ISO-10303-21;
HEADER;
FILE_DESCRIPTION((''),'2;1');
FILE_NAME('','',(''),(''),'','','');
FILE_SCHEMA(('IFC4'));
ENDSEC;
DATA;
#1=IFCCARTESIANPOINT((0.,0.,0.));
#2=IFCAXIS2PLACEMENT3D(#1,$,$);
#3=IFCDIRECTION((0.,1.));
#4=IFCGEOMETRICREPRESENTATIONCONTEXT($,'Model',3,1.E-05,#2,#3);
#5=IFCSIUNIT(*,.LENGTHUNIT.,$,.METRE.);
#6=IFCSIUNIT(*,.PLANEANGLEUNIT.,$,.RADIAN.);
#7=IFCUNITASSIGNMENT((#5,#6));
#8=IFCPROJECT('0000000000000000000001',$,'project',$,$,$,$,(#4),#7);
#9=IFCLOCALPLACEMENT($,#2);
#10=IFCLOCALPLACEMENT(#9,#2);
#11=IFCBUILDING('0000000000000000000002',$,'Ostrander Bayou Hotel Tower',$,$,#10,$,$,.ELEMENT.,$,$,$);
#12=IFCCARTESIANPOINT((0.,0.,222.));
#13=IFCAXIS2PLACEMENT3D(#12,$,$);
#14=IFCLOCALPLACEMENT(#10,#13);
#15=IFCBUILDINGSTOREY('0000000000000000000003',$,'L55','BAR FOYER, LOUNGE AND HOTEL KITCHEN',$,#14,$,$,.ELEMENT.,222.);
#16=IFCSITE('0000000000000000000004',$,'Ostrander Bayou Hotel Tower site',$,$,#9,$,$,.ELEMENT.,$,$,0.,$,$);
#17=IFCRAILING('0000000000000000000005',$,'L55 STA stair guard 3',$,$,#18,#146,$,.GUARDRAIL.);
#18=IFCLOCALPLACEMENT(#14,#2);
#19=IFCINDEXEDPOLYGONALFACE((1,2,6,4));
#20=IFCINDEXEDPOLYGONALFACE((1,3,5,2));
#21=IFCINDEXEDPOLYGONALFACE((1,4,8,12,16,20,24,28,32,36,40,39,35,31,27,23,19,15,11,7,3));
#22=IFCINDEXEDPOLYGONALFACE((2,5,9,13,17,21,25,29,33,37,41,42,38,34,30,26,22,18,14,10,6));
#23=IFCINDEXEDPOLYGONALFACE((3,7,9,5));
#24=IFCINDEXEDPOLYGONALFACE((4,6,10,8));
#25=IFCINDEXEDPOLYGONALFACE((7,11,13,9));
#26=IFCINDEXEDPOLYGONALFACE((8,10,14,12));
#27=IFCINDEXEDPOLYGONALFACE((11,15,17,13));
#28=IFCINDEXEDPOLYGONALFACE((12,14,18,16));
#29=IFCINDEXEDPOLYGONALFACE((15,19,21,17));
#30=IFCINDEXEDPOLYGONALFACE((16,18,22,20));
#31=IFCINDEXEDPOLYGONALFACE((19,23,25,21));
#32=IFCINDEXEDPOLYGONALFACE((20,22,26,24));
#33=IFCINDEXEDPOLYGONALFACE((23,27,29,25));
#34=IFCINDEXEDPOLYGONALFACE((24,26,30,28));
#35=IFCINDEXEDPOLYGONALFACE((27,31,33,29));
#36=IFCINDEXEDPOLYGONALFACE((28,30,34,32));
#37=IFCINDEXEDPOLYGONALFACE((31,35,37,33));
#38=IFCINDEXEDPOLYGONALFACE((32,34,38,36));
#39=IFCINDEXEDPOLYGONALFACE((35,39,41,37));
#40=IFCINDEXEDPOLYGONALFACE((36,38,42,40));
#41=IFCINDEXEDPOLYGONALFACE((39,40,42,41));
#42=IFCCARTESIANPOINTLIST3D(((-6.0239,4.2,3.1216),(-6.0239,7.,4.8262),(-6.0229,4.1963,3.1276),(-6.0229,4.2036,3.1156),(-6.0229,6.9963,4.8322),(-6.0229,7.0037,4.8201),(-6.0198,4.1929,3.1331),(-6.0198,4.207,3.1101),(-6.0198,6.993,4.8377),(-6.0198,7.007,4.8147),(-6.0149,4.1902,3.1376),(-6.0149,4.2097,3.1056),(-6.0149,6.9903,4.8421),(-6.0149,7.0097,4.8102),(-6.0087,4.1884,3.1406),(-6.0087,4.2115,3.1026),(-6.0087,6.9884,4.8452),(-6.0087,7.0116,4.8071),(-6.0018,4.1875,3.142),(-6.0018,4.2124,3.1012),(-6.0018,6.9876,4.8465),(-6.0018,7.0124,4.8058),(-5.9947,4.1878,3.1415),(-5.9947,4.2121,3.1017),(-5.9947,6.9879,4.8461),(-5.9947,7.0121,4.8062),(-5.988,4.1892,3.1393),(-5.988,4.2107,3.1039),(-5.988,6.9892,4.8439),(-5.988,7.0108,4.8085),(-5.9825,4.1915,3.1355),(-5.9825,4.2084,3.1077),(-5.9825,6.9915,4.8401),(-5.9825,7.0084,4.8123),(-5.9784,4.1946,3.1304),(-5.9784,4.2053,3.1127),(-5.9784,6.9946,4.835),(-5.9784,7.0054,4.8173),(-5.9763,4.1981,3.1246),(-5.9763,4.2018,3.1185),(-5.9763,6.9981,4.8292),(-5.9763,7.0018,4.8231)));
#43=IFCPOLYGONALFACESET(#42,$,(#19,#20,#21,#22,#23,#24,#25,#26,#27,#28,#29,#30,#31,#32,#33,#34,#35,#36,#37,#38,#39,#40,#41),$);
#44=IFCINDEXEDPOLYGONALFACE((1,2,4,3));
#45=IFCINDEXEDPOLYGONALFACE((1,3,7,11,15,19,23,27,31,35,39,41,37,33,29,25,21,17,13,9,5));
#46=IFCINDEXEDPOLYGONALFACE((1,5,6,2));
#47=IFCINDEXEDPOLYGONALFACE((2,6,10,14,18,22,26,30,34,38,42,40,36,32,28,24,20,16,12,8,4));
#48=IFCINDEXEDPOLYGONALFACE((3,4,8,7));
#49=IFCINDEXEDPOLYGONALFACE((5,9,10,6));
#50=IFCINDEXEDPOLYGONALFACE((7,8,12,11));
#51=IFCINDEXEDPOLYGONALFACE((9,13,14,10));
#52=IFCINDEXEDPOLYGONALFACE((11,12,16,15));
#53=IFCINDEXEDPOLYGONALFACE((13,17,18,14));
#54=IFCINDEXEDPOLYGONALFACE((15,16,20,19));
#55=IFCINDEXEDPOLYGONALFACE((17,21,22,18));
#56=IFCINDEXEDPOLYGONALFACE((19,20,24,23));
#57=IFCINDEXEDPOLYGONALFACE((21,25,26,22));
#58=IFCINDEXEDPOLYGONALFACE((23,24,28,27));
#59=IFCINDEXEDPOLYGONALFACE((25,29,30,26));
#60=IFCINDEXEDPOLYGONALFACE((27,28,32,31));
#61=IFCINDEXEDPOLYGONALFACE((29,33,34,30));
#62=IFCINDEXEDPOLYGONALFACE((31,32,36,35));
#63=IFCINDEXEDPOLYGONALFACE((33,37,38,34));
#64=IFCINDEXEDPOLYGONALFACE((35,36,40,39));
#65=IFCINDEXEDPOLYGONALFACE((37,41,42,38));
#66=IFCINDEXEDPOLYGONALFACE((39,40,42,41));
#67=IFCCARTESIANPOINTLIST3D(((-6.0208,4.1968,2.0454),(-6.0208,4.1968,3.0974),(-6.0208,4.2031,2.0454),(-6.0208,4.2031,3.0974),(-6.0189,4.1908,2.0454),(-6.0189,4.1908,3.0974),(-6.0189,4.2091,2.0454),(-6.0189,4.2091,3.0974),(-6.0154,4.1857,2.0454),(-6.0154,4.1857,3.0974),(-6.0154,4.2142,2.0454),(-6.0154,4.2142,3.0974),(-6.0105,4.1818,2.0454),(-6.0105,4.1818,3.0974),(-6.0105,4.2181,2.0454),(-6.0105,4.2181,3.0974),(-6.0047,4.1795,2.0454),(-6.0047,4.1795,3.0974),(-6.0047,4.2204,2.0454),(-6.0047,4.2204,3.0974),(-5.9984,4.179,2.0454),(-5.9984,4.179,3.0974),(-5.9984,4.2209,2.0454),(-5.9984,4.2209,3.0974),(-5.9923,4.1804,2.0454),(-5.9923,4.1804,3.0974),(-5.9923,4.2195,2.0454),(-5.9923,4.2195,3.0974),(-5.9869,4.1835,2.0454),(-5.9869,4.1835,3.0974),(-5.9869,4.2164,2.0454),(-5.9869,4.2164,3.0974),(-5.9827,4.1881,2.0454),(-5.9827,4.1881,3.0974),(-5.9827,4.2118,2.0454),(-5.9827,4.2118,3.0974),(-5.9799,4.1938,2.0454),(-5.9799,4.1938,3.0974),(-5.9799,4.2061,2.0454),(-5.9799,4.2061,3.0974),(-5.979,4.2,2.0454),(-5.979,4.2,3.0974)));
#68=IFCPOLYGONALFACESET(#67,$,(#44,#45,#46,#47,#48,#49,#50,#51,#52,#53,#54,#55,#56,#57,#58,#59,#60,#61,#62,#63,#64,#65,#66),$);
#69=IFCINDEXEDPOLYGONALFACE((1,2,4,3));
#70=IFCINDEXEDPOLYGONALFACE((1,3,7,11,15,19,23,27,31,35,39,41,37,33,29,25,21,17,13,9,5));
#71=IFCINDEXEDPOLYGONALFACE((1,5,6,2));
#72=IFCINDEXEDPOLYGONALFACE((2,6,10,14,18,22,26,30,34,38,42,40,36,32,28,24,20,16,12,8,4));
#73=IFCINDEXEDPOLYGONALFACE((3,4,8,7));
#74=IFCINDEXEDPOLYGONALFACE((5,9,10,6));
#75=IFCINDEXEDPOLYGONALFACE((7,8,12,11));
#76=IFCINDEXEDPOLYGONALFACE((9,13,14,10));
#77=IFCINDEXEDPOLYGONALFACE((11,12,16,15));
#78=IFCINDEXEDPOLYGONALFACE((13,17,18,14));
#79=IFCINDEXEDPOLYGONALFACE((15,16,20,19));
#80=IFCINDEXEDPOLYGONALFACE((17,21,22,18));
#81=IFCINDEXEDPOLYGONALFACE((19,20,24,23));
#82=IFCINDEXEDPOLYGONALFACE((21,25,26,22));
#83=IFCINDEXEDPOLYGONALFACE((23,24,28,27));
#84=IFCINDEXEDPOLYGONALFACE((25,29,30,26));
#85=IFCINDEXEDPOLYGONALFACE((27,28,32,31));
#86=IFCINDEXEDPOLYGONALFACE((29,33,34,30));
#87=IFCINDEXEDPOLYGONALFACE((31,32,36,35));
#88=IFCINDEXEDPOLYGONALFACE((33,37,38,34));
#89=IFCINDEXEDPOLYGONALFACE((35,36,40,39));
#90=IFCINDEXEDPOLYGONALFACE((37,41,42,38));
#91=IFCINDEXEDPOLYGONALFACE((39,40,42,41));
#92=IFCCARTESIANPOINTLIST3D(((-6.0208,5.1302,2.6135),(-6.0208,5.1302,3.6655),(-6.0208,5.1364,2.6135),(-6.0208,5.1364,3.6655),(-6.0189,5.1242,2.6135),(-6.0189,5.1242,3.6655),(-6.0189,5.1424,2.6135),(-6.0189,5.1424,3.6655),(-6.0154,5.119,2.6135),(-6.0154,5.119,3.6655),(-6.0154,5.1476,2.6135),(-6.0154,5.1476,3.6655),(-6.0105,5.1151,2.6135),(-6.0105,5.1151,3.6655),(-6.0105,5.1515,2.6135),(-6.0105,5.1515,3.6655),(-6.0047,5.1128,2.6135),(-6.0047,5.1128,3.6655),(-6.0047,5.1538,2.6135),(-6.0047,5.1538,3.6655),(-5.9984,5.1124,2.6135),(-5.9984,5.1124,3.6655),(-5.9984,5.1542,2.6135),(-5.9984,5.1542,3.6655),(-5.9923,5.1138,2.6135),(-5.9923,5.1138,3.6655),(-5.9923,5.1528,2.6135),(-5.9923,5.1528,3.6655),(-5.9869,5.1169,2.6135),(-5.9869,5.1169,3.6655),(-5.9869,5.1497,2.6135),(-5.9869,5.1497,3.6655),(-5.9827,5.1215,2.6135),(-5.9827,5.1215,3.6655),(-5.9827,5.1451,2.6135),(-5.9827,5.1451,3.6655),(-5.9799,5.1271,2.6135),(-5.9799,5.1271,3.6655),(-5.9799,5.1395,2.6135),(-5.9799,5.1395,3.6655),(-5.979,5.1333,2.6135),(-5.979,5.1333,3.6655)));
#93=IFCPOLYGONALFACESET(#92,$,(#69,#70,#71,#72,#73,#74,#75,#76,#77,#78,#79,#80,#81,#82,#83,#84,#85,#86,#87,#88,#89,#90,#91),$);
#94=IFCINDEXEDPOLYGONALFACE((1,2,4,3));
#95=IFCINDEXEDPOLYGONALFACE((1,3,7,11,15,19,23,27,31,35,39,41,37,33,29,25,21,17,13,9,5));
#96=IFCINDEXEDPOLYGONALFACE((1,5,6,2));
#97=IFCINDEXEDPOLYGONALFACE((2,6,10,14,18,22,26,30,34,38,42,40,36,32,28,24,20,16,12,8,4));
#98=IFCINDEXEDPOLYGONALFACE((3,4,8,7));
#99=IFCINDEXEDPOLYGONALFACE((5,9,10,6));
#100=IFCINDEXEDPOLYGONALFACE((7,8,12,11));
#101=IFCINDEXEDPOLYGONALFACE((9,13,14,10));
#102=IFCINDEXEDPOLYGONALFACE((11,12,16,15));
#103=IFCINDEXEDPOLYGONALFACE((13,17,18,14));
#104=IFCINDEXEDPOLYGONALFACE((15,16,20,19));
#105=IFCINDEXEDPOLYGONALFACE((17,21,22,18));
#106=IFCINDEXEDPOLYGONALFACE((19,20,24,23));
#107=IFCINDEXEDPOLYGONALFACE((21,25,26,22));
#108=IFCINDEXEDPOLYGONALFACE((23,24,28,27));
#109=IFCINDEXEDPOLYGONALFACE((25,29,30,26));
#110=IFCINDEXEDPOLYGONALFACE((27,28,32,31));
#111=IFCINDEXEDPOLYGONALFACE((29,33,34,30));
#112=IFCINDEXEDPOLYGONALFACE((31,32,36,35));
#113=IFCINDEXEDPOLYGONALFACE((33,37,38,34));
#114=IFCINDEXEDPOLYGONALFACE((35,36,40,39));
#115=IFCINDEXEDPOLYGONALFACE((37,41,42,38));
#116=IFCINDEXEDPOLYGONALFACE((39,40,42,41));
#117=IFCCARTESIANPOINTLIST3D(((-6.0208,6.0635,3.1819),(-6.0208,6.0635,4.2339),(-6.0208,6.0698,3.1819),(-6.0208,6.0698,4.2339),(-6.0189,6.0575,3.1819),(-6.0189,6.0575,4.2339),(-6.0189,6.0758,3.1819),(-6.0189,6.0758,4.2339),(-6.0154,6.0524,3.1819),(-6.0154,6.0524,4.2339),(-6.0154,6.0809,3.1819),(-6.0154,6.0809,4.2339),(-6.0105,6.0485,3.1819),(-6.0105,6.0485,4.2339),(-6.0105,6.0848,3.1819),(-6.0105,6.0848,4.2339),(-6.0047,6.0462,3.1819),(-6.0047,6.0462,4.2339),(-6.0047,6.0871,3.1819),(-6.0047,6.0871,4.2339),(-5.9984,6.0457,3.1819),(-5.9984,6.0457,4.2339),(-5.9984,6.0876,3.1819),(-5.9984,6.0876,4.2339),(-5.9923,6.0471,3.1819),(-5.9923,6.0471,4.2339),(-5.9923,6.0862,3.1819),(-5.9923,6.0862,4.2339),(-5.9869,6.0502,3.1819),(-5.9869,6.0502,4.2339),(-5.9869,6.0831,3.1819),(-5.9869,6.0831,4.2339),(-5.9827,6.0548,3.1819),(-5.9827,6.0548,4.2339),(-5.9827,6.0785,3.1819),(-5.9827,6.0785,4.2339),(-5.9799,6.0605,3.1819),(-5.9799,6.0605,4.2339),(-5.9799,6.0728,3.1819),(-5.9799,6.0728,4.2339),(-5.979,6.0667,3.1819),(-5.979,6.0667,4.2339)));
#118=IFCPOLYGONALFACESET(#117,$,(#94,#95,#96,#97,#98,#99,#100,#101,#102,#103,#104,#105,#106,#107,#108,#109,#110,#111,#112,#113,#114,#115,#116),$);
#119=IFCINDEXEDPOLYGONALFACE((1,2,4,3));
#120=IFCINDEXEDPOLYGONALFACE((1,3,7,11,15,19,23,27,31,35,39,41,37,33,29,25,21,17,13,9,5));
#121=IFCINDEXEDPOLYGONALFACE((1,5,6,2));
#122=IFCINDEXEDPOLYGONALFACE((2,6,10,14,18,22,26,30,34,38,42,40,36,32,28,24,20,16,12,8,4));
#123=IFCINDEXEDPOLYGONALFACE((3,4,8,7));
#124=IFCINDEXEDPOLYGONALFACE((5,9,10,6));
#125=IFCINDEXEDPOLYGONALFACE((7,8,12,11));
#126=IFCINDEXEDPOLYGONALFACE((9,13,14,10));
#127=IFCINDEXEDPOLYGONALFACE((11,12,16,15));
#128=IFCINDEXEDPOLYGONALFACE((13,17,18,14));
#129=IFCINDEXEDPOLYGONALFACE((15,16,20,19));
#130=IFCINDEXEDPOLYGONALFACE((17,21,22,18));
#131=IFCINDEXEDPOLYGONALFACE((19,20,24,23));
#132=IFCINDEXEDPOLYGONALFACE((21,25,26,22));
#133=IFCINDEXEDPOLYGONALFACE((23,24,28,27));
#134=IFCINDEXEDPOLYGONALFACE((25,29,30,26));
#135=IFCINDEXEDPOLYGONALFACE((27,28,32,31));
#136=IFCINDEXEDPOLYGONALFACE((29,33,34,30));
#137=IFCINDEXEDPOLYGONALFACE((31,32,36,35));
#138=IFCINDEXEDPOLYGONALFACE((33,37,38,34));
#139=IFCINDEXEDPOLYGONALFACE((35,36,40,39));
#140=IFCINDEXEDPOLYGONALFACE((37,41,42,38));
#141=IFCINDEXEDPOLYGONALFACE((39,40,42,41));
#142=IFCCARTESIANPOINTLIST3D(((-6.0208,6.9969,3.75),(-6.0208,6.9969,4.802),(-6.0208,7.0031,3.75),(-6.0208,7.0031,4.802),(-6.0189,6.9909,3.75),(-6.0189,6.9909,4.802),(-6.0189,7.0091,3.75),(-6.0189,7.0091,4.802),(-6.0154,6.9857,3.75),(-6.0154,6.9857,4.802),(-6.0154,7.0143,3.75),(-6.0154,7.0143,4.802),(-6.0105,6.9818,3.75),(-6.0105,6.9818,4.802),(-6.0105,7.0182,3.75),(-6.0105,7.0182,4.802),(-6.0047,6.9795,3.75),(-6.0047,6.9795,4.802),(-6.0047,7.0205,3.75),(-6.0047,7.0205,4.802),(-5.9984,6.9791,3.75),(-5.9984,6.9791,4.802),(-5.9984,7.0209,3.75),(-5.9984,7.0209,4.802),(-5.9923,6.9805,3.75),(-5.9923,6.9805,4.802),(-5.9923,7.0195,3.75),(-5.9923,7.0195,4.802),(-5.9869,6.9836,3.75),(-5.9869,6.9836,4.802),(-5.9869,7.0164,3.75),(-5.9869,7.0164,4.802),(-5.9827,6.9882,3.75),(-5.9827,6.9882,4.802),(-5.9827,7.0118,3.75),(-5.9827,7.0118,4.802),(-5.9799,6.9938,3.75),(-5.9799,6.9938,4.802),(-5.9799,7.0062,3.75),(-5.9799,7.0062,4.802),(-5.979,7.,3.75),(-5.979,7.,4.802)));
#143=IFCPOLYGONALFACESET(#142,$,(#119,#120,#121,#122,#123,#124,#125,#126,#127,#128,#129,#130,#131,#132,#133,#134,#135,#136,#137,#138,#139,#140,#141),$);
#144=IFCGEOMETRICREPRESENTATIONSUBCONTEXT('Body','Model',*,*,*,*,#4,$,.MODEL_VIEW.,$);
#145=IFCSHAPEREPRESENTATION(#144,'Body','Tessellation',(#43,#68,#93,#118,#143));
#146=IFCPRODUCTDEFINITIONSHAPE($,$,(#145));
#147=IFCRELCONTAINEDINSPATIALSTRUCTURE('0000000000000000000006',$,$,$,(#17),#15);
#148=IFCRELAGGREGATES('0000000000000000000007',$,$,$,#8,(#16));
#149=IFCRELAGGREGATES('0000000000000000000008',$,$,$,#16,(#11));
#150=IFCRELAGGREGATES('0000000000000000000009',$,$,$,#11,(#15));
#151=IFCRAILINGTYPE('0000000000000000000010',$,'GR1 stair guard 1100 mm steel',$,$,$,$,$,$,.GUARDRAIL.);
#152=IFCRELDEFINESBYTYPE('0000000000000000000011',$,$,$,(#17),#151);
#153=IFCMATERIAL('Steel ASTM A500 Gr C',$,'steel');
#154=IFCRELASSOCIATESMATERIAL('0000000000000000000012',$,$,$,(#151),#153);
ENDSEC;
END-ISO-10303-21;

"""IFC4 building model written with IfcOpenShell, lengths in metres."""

from ifc_helpers import new_model, si_unit, direction, frame, origin, origin_2d, place, context, subcontext, project, spatial, circle, extrude, material, type_object, element, save


model = new_model("IFC4")

# Units and contexts
model_context = context("Model", 3, precision=1e-05, world=origin(), true_north=direction((0.0, 1.0)))
body_context = subcontext(model_context, "Body", "Model", "MODEL_VIEW")
ifc_project = project(units=[si_unit("LENGTHUNIT", "METRE"), si_unit("PLANEANGLEUNIT", "RADIAN")], contexts=[model_context])

# Site, building, storey
site_placement = place(None, origin())
site = spatial("IfcSite", under=ifc_project, at=site_placement, Name="Ostrander Bayou Hotel Tower site", CompositionType="ELEMENT", RefElevation=0.0)
building_placement = place(site_placement, origin())
building = spatial("IfcBuilding", under=site, at=building_placement, Name="Ostrander Bayou Hotel Tower", CompositionType="ELEMENT")
storey_placement = place(building_placement, frame((0.0, 0.0, 222.0)))
storey = spatial("IfcBuildingStorey", under=building, at=storey_placement, Name="L55", Description="BAR FOYER, LOUNGE AND HOTEL KITCHEN", CompositionType="ELEMENT", Elevation=222.0)

# Railing
ifc_material_1 = material(Name="Steel ASTM A500 Gr C", Category="steel")
railing_type_1 = type_object("IfcRailingType", Name="GR1 stair guard 1100 mm steel", PredefinedType="GUARDRAIL", material=ifc_material_1)
railing_1_placement = place(storey_placement, frame((-6.0, 4.2, 2.0454)))
element("IfcRailing", 1, at=railing_1_placement, inside=storey, type_object=railing_type_1, Name="L55 STA stair guard 3", PredefinedType="GUARDRAIL", context=body_context, shape_type="SweptSolid", body=[
    extrude(circle(Radius=0.0239, at=origin_2d()), frame((0.0, 0.0, 1.0762), z_axis=(0.0, 0.85417, 0.519994), x_axis=(-1.0, 0.0, 0.0)), (0.0, 0.0, 1.0), 3.2781),
    extrude(circle(Radius=0.021, at=origin_2d()), origin(), (0.0, 0.0, 1.0), 1.052),
    extrude(circle(Radius=0.021, at=origin_2d()), frame((0.0, 0.9333, 0.5681)), (0.0, 0.0, 1.0), 1.052),
    extrude(circle(Radius=0.021, at=origin_2d()), frame((0.0, 1.8667, 1.1365)), (0.0, 0.0, 1.0), 1.052),
    extrude(circle(Radius=0.021, at=origin_2d()), frame((0.0, 2.8, 1.7046)), (0.0, 0.0, 1.0), 1.052),
])

save(model, "model.ifc")
